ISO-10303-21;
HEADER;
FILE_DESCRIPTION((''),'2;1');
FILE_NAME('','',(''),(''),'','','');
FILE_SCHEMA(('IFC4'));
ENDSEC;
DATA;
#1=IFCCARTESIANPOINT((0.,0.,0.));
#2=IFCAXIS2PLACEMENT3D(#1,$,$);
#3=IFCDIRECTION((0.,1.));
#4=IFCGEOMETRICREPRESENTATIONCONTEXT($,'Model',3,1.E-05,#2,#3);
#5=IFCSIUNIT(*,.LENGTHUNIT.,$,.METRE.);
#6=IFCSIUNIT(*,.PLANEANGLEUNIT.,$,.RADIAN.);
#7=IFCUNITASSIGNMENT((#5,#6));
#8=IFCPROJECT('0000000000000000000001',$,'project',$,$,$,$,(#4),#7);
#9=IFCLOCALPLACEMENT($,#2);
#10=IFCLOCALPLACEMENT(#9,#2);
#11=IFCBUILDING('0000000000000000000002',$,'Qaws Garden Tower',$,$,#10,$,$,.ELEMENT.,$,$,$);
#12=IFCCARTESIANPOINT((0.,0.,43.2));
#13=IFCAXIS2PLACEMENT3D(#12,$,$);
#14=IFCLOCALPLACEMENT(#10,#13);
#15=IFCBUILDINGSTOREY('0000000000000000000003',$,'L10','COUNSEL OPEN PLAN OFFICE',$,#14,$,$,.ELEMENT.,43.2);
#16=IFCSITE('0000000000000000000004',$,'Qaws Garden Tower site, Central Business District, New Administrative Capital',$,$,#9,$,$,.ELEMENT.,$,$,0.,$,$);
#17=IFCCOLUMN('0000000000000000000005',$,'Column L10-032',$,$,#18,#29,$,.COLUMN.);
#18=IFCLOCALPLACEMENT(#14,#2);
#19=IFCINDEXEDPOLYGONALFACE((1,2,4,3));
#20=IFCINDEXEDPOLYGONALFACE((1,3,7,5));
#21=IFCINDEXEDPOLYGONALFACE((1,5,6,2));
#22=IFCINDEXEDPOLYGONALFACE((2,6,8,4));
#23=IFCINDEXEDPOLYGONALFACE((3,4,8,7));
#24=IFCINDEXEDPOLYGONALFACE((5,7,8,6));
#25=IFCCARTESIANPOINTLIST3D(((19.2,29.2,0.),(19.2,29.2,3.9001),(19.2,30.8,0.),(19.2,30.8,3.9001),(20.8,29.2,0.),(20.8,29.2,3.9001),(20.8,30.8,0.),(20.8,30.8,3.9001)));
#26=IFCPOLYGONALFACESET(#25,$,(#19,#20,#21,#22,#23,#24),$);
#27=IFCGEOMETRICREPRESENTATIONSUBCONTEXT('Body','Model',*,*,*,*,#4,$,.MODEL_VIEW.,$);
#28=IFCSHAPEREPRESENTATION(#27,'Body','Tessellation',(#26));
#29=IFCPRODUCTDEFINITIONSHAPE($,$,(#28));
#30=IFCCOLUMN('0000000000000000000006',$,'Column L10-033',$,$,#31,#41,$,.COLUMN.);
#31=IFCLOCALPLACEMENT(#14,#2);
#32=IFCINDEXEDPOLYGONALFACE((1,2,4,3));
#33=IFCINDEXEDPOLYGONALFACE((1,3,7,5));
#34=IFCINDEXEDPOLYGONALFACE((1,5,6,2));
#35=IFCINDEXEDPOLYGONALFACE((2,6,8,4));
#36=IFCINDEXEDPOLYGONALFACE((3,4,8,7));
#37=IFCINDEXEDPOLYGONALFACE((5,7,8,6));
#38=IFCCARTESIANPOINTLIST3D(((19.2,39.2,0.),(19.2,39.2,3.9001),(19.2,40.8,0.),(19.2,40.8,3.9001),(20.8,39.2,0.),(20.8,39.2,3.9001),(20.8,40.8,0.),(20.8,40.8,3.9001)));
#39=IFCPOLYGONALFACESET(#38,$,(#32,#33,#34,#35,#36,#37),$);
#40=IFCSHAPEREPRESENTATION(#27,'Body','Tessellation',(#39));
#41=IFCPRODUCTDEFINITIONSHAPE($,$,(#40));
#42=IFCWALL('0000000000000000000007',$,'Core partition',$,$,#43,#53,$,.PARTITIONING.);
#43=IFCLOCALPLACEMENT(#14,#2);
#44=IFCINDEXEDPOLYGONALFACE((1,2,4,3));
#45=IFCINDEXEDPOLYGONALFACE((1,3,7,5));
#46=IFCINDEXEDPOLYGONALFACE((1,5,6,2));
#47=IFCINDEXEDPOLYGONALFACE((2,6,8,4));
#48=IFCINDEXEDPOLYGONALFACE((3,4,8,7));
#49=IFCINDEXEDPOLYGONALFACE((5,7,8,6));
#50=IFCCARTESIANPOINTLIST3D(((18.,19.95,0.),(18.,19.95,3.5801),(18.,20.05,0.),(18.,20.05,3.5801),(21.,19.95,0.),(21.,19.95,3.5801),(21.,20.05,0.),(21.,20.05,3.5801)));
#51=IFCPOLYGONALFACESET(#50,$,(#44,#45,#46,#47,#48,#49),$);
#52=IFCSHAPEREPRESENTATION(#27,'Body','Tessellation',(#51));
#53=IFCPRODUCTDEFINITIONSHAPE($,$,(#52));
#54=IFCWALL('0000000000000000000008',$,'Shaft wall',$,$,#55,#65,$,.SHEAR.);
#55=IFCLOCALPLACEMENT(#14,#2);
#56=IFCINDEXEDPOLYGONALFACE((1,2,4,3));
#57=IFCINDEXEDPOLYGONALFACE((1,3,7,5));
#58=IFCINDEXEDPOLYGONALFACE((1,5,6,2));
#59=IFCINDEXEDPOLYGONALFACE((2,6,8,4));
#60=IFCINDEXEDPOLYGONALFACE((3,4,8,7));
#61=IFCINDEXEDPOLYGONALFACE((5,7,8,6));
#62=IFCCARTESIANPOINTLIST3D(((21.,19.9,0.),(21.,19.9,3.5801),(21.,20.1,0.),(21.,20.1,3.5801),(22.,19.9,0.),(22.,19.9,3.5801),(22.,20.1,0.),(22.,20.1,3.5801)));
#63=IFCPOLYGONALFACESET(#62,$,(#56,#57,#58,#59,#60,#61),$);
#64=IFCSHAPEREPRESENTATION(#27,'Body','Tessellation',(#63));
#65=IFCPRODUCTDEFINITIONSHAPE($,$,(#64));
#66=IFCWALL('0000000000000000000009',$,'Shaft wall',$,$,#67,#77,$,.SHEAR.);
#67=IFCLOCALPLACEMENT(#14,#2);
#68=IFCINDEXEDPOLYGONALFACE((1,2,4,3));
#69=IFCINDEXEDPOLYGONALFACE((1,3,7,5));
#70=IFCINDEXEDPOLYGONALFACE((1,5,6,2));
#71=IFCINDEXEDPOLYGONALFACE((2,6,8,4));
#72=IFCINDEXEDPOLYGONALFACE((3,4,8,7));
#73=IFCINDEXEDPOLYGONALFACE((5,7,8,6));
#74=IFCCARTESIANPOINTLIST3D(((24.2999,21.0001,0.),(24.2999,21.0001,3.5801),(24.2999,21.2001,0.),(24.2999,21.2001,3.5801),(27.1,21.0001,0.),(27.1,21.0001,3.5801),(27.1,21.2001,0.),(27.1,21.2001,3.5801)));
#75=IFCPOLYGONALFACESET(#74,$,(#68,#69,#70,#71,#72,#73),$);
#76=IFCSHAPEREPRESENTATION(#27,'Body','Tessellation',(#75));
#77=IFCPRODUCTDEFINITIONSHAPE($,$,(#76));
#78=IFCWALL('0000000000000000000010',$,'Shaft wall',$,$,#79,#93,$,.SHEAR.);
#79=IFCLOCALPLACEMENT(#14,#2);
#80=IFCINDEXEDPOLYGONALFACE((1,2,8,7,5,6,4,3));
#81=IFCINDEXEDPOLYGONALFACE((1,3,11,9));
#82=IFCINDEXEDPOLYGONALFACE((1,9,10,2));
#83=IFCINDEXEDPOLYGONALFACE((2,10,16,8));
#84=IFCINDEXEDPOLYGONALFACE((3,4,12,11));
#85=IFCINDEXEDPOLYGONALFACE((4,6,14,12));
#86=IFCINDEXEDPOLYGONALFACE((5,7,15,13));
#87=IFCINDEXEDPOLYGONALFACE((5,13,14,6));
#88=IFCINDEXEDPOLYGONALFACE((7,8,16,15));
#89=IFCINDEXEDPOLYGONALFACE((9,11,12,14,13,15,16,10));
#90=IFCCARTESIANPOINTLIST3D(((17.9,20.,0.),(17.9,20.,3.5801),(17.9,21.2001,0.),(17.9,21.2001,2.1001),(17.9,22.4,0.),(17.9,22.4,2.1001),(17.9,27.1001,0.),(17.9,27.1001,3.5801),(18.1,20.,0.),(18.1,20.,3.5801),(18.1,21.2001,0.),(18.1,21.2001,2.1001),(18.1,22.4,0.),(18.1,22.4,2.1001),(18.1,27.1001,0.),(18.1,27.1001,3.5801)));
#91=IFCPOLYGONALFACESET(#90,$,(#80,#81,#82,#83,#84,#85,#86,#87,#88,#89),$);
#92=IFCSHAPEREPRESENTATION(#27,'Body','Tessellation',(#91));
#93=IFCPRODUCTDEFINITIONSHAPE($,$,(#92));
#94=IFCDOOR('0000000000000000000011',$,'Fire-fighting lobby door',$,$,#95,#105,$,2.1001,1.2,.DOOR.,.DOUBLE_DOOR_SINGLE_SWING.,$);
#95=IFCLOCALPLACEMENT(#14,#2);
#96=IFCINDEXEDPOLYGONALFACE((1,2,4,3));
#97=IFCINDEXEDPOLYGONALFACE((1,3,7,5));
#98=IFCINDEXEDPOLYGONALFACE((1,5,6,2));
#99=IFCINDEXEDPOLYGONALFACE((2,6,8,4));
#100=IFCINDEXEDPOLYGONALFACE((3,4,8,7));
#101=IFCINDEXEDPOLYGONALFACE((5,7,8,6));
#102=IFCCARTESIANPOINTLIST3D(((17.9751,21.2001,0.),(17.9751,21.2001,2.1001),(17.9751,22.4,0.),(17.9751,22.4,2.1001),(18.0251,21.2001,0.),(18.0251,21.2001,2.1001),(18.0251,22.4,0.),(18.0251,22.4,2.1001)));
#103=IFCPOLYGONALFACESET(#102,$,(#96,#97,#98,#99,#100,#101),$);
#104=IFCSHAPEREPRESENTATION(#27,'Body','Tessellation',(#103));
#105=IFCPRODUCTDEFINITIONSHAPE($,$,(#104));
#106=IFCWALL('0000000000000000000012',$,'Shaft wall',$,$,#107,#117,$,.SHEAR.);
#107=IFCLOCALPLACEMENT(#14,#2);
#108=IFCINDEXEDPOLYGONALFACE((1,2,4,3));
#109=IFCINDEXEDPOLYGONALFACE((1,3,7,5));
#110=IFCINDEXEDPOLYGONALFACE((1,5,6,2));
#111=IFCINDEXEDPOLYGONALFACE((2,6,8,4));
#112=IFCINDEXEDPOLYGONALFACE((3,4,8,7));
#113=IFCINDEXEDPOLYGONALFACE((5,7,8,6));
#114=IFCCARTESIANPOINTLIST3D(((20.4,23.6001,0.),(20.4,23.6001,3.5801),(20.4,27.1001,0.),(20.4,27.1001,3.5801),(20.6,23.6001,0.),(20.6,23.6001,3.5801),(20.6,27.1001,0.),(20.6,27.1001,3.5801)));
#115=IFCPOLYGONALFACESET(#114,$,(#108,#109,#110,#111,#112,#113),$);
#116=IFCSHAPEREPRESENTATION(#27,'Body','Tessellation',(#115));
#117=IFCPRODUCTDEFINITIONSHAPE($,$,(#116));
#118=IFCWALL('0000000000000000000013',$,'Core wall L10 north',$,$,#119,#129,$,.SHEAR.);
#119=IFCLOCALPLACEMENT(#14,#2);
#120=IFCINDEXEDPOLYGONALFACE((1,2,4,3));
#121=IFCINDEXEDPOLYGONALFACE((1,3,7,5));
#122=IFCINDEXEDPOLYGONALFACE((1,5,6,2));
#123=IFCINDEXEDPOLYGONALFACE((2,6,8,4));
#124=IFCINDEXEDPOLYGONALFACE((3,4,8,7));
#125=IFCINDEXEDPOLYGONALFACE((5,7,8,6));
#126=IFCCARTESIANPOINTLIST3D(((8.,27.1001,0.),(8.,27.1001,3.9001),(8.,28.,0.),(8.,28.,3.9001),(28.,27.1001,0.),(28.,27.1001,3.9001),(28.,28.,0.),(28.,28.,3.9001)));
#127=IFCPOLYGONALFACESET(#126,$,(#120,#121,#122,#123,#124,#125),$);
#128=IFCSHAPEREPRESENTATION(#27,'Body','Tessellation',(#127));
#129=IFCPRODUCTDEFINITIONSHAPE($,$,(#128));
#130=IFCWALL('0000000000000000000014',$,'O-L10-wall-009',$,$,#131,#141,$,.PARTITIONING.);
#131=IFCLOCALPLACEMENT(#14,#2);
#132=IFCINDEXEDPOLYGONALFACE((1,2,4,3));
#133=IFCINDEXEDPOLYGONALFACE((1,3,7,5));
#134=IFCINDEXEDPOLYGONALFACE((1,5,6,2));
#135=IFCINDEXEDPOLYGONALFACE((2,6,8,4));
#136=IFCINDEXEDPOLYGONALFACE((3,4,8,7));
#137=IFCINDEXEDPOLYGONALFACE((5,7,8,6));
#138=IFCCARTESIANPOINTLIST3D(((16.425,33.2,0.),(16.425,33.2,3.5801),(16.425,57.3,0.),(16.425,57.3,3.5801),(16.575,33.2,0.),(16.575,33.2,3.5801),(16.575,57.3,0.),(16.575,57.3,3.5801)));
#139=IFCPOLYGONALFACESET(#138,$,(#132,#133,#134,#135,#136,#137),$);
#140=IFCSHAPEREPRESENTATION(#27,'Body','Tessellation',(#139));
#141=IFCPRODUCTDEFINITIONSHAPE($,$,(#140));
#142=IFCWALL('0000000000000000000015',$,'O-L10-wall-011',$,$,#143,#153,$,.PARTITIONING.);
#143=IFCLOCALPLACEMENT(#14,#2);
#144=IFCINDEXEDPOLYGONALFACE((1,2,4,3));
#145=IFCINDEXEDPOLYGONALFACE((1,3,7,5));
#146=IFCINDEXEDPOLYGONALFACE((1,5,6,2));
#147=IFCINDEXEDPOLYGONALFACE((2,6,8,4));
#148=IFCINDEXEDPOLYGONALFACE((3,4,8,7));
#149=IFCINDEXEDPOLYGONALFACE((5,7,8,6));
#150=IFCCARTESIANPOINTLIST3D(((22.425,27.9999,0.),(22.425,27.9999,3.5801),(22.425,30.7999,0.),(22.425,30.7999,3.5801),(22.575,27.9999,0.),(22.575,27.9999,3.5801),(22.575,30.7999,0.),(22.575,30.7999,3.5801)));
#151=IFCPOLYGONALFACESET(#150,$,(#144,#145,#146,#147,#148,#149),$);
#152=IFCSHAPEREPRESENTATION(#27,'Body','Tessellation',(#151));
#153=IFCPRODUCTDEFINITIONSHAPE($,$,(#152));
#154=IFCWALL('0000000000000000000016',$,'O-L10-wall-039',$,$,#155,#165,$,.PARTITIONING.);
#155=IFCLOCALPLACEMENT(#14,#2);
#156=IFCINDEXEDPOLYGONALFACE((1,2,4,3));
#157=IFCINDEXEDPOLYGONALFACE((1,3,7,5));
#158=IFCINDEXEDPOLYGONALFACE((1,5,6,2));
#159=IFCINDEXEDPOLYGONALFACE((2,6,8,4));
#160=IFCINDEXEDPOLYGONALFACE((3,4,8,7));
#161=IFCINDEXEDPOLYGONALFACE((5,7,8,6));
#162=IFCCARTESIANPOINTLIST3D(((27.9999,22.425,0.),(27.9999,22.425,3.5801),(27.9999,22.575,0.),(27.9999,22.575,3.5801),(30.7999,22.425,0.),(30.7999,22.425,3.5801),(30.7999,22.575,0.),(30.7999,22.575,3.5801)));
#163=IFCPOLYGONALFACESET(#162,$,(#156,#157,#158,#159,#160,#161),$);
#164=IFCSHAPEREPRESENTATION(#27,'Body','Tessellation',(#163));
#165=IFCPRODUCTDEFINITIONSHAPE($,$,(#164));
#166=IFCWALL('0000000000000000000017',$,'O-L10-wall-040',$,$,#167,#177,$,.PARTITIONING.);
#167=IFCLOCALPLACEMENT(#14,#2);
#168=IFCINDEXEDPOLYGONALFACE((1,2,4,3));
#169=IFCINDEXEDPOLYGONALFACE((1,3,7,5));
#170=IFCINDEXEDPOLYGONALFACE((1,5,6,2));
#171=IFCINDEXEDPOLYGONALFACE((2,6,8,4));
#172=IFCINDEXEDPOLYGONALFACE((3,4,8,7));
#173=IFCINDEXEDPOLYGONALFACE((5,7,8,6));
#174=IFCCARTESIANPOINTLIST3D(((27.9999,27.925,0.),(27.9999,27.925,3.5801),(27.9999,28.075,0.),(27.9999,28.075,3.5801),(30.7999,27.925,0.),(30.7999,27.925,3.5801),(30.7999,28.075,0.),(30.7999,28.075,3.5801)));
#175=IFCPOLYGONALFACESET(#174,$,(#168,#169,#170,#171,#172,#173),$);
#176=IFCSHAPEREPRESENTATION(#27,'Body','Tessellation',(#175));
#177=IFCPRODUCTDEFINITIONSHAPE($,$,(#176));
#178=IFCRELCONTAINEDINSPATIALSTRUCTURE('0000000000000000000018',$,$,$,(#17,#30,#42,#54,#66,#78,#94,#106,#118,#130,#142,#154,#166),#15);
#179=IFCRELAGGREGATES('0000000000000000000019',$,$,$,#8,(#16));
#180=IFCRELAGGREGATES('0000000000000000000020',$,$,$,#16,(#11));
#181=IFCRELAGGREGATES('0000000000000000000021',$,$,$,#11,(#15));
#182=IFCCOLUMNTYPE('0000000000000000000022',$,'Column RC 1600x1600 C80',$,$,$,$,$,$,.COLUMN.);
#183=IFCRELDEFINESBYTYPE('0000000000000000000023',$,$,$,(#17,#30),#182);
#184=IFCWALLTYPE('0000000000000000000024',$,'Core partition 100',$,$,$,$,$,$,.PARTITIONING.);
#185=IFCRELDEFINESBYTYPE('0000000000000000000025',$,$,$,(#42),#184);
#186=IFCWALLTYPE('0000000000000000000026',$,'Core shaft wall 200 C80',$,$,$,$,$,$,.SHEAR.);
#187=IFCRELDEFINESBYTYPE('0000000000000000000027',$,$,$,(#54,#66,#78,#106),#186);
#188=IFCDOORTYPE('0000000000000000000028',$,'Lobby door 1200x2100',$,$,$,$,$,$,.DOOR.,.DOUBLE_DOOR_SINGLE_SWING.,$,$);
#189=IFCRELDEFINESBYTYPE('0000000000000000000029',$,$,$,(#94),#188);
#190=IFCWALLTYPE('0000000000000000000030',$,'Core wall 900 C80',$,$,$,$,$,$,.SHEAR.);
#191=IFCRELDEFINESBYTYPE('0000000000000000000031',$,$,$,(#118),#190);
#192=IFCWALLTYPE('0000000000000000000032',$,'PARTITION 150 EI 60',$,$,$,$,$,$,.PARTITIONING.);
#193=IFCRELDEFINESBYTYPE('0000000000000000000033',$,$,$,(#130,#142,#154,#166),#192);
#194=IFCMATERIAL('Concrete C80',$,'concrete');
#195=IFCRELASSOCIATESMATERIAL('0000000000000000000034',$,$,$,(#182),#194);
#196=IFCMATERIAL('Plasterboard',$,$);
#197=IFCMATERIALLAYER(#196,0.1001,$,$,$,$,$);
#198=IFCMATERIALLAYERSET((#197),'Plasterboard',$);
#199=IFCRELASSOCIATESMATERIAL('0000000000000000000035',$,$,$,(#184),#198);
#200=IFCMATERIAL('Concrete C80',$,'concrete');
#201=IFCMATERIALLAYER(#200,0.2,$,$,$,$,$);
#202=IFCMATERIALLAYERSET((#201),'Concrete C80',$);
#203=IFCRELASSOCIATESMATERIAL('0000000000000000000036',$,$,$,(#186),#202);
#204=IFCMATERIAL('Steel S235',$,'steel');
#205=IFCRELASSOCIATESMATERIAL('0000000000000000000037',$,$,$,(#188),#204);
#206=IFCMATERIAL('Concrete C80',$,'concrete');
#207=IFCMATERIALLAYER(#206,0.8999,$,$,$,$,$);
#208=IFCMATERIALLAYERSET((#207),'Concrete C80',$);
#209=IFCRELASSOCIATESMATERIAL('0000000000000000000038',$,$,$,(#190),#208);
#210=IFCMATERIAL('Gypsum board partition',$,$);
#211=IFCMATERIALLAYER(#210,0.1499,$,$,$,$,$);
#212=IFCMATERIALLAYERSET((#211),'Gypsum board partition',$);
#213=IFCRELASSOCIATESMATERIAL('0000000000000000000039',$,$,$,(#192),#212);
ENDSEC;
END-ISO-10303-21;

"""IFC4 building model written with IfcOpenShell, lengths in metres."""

from ifc_helpers import new_model, si_unit, direction, frame, frame_2d, origin, origin_2d, place, context, subcontext, project, spatial, rectangle, extrude, material, layer, layer_set, material_profile, profile_set, type_object, element, fill, save


model = new_model("IFC4")

# Units and contexts
model_context = context("Model", 3, precision=1e-05, world=origin(), true_north=direction((0.0, 1.0)))
body_context = subcontext(model_context, "Body", "Model", "MODEL_VIEW")
ifc_project = project(units=[si_unit("LENGTHUNIT", "METRE"), si_unit("PLANEANGLEUNIT", "RADIAN")], contexts=[model_context])

# Site, building, storey
site_placement = place(None, origin())
site = spatial("IfcSite", under=ifc_project, at=site_placement, Name="Qaws Garden Tower site, Central Business District, New Administrative Capital", CompositionType="ELEMENT", RefElevation=0.0)
building_placement = place(site_placement, origin())
building = spatial("IfcBuilding", under=site, at=building_placement, Name="Qaws Garden Tower", CompositionType="ELEMENT")
storey_placement = place(building_placement, frame((0.0, 0.0, 43.2)))
storey = spatial("IfcBuildingStorey", under=building, at=storey_placement, Name="L10", Description="COUNSEL OPEN PLAN OFFICE", CompositionType="ELEMENT", Elevation=43.2)

# Columns
ifc_material_1 = material(Name="Concrete C80", Category="concrete")
ifc_material_profile = material_profile(ifc_material_1, rectangle(XDim=1.6001, YDim=1.6001, at=origin_2d()), Name="RC 1600x1600")
ifc_profile_set = profile_set([ifc_material_profile], Name="Concrete C80")
column_type = type_object("IfcColumnType", Name="Column RC 1600x1600 C80", PredefinedType="COLUMN", material=ifc_profile_set)
for number, where, z_axis, x_axis, name in (
    (1, (20.0, 30.0, 0.0), (0.0, 0.0, 1.0), (1.0, 0.0, 0.0), "Column L10-032"),
    (2, (20.0, 40.0, 0.0), (0.0, 0.0, 1.0), (1.0, 0.0, 0.0), "Column L10-033"),
):
    element("IfcColumn", number, at=place(storey_placement, frame(where, z_axis=z_axis, x_axis=x_axis)), inside=storey, type_object=column_type, Name=name, PredefinedType="COLUMN", context=body_context, shape_type="SweptSolid", body=[
        extrude(rectangle(XDim=1.6001, YDim=1.6001, at=origin_2d()), origin(), (0.0, 0.0, 1.0), 3.9001),
    ])

# Walls
ifc_material_2 = material(Name="Plasterboard")
ifc_layer_1 = layer(ifc_material_2, 0.1001)
ifc_layer_set_1 = layer_set([ifc_layer_1], Name="Plasterboard")
wall_type_1 = type_object("IfcWallType", Name="Core partition 100", PredefinedType="PARTITIONING", material=ifc_layer_set_1)
wall_1_placement = place(storey_placement, frame((18.0, 20.0, 0.0), z_axis=(0.0, 0.0, 1.0), x_axis=(1.0, 0.0, 0.0)))
element("IfcWall", 3, at=wall_1_placement, inside=storey, type_object=wall_type_1, Name="Core partition", PredefinedType="PARTITIONING", context=body_context, shape_type="SweptSolid", body=[
    extrude(rectangle(XDim=3.0, YDim=0.1001, at=frame_2d((1.5, 0.0))), origin(), (0.0, 0.0, 1.0), 3.5801),
])
ifc_material_3 = material(Name="Concrete C80", Category="concrete")
ifc_layer_2 = layer(ifc_material_3, 0.2)
ifc_layer_set_2 = layer_set([ifc_layer_2], Name="Concrete C80")
wall_type_2 = type_object("IfcWallType", Name="Core shaft wall 200 C80", PredefinedType="SHEAR", material=ifc_layer_set_2)
wall_2_placement = place(storey_placement, frame((21.0, 20.0, 0.0), z_axis=(0.0, 0.0, 1.0), x_axis=(1.0, 0.0, 0.0)))
element("IfcWall", 4, at=wall_2_placement, inside=storey, type_object=wall_type_2, Name="Shaft wall", PredefinedType="SHEAR", context=body_context, shape_type="SweptSolid", body=[
    extrude(rectangle(XDim=1.0, YDim=0.2, at=frame_2d((0.5, 0.0))), origin(), (0.0, 0.0, 1.0), 3.5801),
])
wall_3_placement = place(storey_placement, frame((24.3, 21.1001, 0.0), z_axis=(0.0, 0.0, 1.0), x_axis=(1.0, 0.0, 0.0)))
element("IfcWall", 5, at=wall_3_placement, inside=storey, type_object=wall_type_2, Name="Shaft wall", PredefinedType="SHEAR", context=body_context, shape_type="SweptSolid", body=[
    extrude(rectangle(XDim=2.8, YDim=0.2, at=frame_2d((1.3999, 0.0))), origin(), (0.0, 0.0, 1.0), 3.5801),
])

# Wall, opening, door
wall_4_placement = place(storey_placement, frame((18.0, 20.0, 0.0), z_axis=(0.0, 0.0, 1.0), x_axis=(0.0, 1.0, 0.0)))
wall_4 = element("IfcWall", 6, at=wall_4_placement, inside=storey, type_object=wall_type_2, Name="Shaft wall", PredefinedType="SHEAR", context=body_context, shape_type="SweptSolid", body=[
    extrude(rectangle(XDim=7.1001, YDim=0.2, at=frame_2d((3.55, 0.0))), origin(), (0.0, 0.0, 1.0), 3.5801),
])
opening_1_placement = place(wall_4_placement, frame((1.2, 0.0, 0.0)))
opening_1 = element("IfcOpeningElement", 7, at=opening_1_placement, cuts=wall_4, PredefinedType="OPENING", context=body_context, shape_type="SweptSolid", body=[
    extrude(rectangle(XDim=1.2, YDim=2.1001, at=frame_2d((0.6001, 1.05))), frame((0.0, 0.1099, 0.0), z_axis=(0.0, -1.0, 0.0), x_axis=(1.0, 0.0, 0.0)), (0.0, 0.0, 1.0), 0.22),
])
ifc_material_4 = material(Name="Steel S235", Category="steel")
door_type_1 = type_object("IfcDoorType", Name="Lobby door 1200x2100", OperationType="DOUBLE_DOOR_SINGLE_SWING", PredefinedType="DOOR", material=ifc_material_4)
door_1_placement = place(opening_1_placement, origin())
door_1 = element("IfcDoor", 8, at=door_1_placement, inside=storey, type_object=door_type_1, Name="Fire-fighting lobby door", OperationType="DOUBLE_DOOR_SINGLE_SWING", OverallHeight=2.1001, OverallWidth=1.2, PredefinedType="DOOR", context=body_context, shape_type="SweptSolid", body=[
    extrude(rectangle(XDim=1.2, YDim=2.1001, at=frame_2d((0.6001, 1.05))), frame((0.0, 0.0249, 0.0), z_axis=(0.0, -1.0, 0.0), x_axis=(1.0, 0.0, 0.0)), (0.0, 0.0, 1.0), 0.05),
])
fill(opening_1, door_1)

# Walls
wall_5_placement = place(storey_placement, frame((20.5, 23.6001, 0.0), z_axis=(0.0, 0.0, 1.0), x_axis=(0.0, 1.0, 0.0)))
element("IfcWall", 9, at=wall_5_placement, inside=storey, type_object=wall_type_2, Name="Shaft wall", PredefinedType="SHEAR", context=body_context, shape_type="SweptSolid", body=[
    extrude(rectangle(XDim=3.5, YDim=0.2, at=frame_2d((1.75, 0.0))), origin(), (0.0, 0.0, 1.0), 3.5801),
])
ifc_material_5 = material(Name="Concrete C80", Category="concrete")
ifc_layer_3 = layer(ifc_material_5, 0.8999)
ifc_layer_set_3 = layer_set([ifc_layer_3], Name="Concrete C80")
wall_type_3 = type_object("IfcWallType", Name="Core wall 900 C80", PredefinedType="SHEAR", material=ifc_layer_set_3)
wall_6_placement = place(storey_placement, frame((28.0, 27.55, 0.0), z_axis=(0.0, 0.0, 1.0), x_axis=(-1.0, 0.0, 0.0)))
element("IfcWall", 10, at=wall_6_placement, inside=storey, type_object=wall_type_3, Name="Core wall L10 north", PredefinedType="SHEAR", context=body_context, shape_type="SweptSolid", body=[
    extrude(rectangle(XDim=20.0, YDim=0.8999, at=frame_2d((10.0, 0.0))), origin(), (0.0, 0.0, 1.0), 3.9001),
])
ifc_material_6 = material(Name="Gypsum board partition")
ifc_layer_4 = layer(ifc_material_6, 0.1499)
ifc_layer_set_4 = layer_set([ifc_layer_4], Name="Gypsum board partition")
wall_type_4 = type_object("IfcWallType", Name="PARTITION 150 EI 60", PredefinedType="PARTITIONING", material=ifc_layer_set_4)
wall_7_placement = place(storey_placement, frame((16.5, 33.2, 0.0), z_axis=(0.0, 0.0, 1.0), x_axis=(0.0, 1.0, 0.0)))
element("IfcWall", 11, at=wall_7_placement, inside=storey, type_object=wall_type_4, Name="O-L10-wall-009", PredefinedType="PARTITIONING", context=body_context, shape_type="SweptSolid", body=[
    extrude(rectangle(XDim=24.1001, YDim=0.1499, at=frame_2d((12.05, 0.0))), origin(), (0.0, 0.0, 1.0), 3.5801),
])
for number, where, z_axis, x_axis, name in (
    (12, (22.5, 28.0, 0.0), (0.0, 0.0, 1.0), (0.0, 1.0, 0.0), "O-L10-wall-011"),
    (13, (28.0, 22.5, 0.0), (0.0, 0.0, 1.0), (1.0, 0.0, 0.0), "O-L10-wall-039"),
    (14, (28.0, 28.0, 0.0), (0.0, 0.0, 1.0), (1.0, 0.0, 0.0), "O-L10-wall-040"),
):
    element("IfcWall", number, at=place(storey_placement, frame(where, z_axis=z_axis, x_axis=x_axis)), inside=storey, type_object=wall_type_4, Name=name, PredefinedType="PARTITIONING", context=body_context, shape_type="SweptSolid", body=[
        extrude(rectangle(XDim=2.8, YDim=0.1499, at=frame_2d((1.3999, 0.0))), origin(), (0.0, 0.0, 1.0), 3.5801),
    ])

save(model, "model.ifc")
